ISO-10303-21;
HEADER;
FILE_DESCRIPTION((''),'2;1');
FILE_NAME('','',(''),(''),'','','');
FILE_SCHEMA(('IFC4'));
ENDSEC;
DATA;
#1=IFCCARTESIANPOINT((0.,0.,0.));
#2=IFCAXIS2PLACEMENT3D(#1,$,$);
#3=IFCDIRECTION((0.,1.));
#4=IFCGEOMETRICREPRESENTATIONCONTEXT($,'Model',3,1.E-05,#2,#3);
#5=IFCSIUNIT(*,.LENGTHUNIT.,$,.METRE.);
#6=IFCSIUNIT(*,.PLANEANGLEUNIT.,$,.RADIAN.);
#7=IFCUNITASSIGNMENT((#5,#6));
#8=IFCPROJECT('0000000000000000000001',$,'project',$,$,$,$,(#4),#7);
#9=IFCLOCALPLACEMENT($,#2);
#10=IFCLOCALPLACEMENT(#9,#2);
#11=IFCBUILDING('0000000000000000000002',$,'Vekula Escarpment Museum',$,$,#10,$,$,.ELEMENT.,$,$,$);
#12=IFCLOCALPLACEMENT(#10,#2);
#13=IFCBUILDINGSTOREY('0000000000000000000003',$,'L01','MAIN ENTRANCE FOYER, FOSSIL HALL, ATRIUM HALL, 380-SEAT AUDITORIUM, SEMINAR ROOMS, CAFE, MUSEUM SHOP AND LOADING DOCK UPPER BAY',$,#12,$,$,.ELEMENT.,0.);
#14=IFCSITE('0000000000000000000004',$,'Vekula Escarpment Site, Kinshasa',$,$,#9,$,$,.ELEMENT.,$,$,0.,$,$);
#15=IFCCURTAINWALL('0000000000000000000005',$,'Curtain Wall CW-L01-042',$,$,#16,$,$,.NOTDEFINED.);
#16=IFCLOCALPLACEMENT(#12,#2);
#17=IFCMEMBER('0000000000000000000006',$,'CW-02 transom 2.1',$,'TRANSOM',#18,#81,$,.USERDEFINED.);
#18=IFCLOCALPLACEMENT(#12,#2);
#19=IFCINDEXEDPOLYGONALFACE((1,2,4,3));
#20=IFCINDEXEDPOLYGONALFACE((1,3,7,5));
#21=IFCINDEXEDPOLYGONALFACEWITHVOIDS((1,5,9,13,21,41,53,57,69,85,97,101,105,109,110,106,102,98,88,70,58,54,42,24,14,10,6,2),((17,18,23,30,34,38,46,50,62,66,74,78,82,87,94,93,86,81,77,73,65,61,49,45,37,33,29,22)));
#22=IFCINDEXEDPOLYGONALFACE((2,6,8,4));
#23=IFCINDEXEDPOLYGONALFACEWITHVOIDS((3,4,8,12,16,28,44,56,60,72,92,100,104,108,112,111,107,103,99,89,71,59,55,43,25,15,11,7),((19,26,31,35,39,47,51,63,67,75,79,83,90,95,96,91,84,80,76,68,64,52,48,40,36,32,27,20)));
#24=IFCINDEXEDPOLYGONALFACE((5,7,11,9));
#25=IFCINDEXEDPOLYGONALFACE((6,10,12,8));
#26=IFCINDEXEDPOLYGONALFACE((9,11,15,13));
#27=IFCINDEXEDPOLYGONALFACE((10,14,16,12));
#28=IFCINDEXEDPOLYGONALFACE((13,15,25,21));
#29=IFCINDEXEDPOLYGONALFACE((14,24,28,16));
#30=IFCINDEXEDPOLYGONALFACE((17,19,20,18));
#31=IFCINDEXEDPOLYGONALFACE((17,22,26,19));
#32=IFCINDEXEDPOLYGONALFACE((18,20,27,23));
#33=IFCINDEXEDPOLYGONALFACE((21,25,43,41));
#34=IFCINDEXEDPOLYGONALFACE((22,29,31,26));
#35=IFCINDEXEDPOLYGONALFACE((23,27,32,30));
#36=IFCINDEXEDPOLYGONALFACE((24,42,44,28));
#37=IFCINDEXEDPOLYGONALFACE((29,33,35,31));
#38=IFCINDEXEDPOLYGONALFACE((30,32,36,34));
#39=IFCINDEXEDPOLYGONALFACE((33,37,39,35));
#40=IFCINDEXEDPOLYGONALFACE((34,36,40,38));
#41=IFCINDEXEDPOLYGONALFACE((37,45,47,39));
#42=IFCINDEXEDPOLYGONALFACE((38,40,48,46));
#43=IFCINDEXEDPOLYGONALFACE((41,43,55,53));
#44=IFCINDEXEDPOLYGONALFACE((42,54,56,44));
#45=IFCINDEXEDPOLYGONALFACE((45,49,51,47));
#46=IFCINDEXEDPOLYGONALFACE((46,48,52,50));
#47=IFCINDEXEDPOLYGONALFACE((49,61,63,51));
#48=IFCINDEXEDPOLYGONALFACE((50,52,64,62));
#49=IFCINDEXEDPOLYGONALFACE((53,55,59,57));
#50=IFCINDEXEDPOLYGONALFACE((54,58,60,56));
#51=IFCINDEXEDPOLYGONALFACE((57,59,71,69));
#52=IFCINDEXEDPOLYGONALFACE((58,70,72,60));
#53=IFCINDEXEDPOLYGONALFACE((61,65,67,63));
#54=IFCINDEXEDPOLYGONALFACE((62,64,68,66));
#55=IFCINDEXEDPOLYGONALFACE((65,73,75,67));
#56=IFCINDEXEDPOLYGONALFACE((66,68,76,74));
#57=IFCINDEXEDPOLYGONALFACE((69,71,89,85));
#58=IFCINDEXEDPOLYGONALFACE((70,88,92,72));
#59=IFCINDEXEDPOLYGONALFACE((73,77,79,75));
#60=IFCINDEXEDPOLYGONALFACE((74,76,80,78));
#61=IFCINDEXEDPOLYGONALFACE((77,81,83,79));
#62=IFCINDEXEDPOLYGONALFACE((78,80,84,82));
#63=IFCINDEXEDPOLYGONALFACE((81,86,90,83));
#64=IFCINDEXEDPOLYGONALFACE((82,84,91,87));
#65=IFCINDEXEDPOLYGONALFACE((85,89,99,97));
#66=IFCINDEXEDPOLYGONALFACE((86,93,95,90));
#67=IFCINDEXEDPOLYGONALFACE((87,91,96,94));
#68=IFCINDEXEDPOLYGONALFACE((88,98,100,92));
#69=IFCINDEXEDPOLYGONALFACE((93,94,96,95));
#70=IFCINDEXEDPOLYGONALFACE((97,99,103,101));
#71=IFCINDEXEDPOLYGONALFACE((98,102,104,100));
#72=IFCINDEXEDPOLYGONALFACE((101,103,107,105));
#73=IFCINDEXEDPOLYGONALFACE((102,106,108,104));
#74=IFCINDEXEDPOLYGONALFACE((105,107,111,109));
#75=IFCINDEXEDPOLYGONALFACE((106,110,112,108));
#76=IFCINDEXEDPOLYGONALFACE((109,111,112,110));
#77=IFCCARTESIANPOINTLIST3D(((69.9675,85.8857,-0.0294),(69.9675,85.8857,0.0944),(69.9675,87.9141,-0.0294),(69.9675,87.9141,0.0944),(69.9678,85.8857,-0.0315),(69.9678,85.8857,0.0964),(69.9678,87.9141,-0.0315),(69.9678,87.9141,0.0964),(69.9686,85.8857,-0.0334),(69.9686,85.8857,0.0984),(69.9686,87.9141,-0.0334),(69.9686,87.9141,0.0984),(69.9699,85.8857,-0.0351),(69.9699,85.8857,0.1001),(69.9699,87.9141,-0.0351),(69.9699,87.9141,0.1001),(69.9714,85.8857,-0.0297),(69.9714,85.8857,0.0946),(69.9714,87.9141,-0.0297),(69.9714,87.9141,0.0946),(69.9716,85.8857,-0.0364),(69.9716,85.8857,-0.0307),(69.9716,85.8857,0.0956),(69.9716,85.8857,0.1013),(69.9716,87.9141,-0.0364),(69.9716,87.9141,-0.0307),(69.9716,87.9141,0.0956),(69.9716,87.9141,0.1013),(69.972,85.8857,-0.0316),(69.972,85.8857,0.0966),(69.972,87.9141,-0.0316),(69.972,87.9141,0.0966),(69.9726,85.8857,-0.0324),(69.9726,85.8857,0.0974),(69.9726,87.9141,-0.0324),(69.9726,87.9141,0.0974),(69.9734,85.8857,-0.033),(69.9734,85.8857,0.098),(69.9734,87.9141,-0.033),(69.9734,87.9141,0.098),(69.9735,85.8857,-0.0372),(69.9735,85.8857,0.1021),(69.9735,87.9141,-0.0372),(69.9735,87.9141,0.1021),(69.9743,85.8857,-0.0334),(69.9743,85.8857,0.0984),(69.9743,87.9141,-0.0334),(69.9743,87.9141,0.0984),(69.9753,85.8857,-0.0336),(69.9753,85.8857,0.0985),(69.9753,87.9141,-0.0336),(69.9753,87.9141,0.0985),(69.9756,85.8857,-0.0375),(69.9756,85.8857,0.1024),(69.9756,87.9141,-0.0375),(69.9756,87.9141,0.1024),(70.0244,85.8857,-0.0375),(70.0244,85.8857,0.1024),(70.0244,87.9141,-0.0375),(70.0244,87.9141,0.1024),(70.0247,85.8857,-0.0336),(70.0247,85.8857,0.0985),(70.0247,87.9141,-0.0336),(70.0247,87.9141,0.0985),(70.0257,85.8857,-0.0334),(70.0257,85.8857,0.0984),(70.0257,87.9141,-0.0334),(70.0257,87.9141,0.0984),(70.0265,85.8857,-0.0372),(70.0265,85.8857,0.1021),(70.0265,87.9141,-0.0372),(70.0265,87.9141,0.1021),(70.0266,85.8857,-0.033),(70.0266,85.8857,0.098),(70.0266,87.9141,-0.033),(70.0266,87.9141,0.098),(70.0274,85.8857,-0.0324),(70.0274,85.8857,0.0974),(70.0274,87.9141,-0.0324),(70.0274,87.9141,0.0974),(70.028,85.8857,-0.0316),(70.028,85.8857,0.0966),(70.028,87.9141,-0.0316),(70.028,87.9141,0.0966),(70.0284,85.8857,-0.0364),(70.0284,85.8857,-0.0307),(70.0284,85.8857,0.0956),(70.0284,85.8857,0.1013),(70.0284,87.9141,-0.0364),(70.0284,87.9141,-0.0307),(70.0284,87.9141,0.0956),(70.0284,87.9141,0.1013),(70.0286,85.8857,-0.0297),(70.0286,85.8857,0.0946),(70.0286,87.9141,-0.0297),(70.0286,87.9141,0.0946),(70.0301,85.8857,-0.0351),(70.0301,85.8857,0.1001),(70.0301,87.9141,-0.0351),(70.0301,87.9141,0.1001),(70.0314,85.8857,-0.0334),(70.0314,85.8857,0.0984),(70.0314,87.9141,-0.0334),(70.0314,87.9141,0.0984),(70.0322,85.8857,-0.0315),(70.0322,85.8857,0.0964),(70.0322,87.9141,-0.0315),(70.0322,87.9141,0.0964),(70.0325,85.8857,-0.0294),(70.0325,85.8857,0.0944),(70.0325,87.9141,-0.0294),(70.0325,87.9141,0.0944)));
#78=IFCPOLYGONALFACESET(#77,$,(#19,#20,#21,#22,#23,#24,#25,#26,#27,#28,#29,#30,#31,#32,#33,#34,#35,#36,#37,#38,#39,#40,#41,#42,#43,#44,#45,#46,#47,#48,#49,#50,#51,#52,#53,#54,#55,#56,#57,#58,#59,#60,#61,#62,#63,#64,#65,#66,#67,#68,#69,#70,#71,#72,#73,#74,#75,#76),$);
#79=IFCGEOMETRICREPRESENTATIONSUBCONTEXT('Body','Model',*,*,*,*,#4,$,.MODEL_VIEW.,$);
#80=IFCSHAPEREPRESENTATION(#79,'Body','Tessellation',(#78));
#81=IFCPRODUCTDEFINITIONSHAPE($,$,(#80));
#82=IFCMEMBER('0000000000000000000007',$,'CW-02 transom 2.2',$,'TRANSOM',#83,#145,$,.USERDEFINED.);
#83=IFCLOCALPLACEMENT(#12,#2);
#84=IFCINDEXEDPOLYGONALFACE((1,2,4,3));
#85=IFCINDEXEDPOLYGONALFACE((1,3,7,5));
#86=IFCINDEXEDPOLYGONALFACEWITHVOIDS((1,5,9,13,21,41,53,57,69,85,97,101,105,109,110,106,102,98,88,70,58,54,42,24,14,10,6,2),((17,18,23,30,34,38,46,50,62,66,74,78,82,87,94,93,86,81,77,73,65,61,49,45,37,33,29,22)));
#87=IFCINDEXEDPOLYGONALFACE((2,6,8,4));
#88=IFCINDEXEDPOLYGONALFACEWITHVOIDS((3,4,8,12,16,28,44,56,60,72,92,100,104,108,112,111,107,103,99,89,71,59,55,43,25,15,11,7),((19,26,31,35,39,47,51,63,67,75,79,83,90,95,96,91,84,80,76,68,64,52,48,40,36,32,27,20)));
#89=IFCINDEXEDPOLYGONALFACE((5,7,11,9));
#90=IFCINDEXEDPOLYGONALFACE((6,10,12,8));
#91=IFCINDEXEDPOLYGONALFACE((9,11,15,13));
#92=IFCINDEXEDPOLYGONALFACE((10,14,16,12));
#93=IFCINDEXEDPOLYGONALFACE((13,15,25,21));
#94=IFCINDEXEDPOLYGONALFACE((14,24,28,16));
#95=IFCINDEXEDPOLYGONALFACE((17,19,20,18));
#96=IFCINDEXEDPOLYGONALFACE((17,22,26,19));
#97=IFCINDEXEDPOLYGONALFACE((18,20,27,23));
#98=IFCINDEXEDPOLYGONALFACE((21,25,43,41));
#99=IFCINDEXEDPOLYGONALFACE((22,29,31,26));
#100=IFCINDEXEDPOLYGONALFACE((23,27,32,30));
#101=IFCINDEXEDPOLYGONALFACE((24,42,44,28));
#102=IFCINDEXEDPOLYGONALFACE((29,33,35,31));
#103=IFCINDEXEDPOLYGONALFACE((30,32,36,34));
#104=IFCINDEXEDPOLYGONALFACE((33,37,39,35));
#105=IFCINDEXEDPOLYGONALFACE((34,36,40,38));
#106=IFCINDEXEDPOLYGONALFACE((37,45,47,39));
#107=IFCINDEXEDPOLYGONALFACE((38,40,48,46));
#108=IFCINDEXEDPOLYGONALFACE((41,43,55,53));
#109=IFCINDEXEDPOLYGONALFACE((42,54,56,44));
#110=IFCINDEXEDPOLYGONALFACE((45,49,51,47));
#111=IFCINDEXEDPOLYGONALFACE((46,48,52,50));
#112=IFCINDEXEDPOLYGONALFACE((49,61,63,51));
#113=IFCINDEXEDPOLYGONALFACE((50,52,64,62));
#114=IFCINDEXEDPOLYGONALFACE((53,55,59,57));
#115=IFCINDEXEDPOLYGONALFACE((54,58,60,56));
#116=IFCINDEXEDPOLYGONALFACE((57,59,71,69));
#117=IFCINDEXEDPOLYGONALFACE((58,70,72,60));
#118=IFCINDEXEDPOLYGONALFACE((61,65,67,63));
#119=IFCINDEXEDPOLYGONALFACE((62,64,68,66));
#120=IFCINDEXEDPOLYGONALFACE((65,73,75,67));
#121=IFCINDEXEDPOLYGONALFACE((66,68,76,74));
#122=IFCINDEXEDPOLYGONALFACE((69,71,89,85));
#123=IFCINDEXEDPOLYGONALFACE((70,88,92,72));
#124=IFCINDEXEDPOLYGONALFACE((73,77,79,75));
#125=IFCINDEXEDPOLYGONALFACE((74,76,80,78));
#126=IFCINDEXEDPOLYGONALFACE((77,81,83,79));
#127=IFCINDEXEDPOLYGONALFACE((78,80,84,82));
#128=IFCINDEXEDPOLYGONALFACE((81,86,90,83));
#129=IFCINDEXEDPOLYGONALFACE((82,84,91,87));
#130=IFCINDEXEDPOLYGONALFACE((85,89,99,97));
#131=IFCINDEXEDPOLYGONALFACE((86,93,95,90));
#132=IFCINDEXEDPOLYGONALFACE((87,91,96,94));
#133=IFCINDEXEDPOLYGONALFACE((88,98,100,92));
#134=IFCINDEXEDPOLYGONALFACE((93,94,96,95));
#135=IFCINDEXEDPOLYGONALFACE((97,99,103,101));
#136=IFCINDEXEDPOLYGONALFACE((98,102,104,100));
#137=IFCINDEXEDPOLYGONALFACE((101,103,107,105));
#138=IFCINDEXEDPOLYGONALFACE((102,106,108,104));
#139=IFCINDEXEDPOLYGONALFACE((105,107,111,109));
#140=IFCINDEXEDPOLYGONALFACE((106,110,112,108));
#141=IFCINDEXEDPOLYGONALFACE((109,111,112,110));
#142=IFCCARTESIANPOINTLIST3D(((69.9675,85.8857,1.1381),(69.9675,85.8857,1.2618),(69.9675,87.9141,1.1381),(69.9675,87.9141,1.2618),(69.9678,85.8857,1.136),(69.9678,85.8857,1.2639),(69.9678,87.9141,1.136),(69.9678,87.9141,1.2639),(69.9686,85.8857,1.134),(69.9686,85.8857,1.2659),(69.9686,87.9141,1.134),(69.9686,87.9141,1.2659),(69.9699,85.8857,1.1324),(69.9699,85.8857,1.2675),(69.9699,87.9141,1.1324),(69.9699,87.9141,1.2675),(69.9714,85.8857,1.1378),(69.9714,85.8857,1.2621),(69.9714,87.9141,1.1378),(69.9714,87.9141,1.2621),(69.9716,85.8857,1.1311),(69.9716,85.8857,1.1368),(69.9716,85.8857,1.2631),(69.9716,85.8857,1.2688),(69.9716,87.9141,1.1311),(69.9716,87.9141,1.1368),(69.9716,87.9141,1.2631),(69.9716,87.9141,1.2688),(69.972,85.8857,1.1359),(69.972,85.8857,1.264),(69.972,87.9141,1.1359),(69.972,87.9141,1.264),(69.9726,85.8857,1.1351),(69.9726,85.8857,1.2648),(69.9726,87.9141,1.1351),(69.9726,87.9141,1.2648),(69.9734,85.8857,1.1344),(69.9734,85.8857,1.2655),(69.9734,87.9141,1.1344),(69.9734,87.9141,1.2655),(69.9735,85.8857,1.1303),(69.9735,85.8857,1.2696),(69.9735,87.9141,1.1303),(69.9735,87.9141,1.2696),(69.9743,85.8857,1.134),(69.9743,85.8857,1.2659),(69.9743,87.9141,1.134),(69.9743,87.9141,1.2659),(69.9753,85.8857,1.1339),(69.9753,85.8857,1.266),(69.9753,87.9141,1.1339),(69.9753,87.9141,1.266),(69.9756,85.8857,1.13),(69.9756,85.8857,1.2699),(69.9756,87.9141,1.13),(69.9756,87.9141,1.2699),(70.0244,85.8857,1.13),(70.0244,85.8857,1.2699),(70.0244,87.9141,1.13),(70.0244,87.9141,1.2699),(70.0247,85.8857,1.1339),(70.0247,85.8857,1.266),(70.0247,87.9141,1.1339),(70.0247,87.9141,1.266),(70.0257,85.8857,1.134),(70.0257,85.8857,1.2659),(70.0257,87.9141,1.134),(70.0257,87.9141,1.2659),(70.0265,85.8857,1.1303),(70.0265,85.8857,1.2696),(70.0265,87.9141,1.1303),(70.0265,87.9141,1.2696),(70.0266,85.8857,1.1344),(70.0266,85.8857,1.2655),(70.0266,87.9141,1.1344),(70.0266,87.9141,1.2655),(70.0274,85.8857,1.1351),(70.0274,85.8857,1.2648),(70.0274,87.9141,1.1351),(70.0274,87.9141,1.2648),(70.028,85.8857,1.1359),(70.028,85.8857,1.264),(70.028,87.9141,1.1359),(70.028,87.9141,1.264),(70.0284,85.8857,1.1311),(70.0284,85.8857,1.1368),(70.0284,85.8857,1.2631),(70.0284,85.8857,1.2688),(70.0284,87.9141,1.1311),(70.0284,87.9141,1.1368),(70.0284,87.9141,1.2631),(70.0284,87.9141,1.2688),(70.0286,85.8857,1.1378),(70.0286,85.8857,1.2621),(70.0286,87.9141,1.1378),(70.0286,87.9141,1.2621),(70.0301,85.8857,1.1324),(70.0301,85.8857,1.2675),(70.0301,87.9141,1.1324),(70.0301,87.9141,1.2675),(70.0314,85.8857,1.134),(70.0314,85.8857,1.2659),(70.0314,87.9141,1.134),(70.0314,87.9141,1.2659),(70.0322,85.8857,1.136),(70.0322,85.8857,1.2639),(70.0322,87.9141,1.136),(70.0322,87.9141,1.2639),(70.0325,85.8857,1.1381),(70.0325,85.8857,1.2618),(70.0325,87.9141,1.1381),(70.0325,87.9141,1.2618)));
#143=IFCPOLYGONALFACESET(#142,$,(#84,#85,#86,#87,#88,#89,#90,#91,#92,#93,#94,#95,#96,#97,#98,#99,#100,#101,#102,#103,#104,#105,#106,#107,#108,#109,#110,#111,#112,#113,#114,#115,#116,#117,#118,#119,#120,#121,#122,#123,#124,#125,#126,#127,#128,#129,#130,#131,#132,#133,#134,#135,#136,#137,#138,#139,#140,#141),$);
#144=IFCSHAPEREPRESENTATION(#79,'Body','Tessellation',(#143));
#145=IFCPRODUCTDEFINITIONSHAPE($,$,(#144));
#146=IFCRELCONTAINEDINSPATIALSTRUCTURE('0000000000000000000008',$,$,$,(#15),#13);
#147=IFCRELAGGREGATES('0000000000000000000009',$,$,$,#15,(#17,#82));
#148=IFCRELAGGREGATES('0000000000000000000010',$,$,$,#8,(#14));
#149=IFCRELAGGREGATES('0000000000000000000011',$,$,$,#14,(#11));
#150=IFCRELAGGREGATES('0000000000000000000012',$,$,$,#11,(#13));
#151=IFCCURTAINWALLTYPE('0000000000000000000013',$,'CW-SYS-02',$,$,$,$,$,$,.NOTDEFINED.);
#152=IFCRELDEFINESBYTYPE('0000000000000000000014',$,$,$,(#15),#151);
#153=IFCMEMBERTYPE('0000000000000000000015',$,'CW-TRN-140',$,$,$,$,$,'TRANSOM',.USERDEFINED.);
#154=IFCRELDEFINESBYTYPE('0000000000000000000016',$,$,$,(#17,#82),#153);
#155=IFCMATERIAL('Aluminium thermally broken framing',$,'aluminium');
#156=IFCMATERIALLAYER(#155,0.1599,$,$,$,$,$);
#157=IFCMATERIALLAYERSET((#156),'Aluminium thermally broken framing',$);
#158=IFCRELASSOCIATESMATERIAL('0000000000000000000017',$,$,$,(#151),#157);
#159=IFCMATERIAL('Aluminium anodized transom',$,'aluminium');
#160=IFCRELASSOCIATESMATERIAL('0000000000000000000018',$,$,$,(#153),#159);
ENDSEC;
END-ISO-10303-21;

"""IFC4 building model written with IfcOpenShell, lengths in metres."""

from ifc_helpers import new_model, si_unit, direction, frame, origin, origin_2d, place, context, subcontext, project, spatial, hollow_rectangle, extrude, material, layer, layer_set, material_profile, profile_set, type_object, element, aggregate, save


model = new_model("IFC4")

# Units and contexts
model_context = context("Model", 3, precision=1e-05, world=origin(), true_north=direction((0.0, 1.0)))
body_context = subcontext(model_context, "Body", "Model", "MODEL_VIEW")
ifc_project = project(units=[si_unit("LENGTHUNIT", "METRE"), si_unit("PLANEANGLEUNIT", "RADIAN")], contexts=[model_context])

# Site, building, storey
site_placement = place(None, origin())
site = spatial("IfcSite", under=ifc_project, at=site_placement, Name="Vekula Escarpment Site, Kinshasa", CompositionType="ELEMENT", RefElevation=0.0)
building_placement = place(site_placement, origin())
building = spatial("IfcBuilding", under=site, at=building_placement, Name="Vekula Escarpment Museum", CompositionType="ELEMENT")
storey_placement = place(building_placement, origin())
storey = spatial("IfcBuildingStorey", under=building, at=storey_placement, Name="L01", Description="MAIN ENTRANCE FOYER, FOSSIL HALL, ATRIUM HALL, 380-SEAT AUDITORIUM, SEMINAR ROOMS, CAFE, MUSEUM SHOP AND LOADING DOCK UPPER BAY", CompositionType="ELEMENT", Elevation=0.0)

# Curtain wall, members
ifc_material_1 = material(Name="Aluminium thermally broken framing", Category="aluminium")
ifc_layer_1 = layer(ifc_material_1, 0.1599)
ifc_layer_set_1 = layer_set([ifc_layer_1], Name="Aluminium thermally broken framing")
curtain_wall_type = type_object("IfcCurtainWallType", Name="CW-SYS-02", PredefinedType="NOTDEFINED", material=ifc_layer_set_1)
curtain_wall_placement = place(storey_placement, origin())
curtain_wall = element("IfcCurtainWall", 1, at=curtain_wall_placement, inside=storey, type_object=curtain_wall_type, Name="Curtain Wall CW-L01-042", PredefinedType="NOTDEFINED")
ifc_material_2 = material(Name="Aluminium anodized transom", Category="aluminium")
ifc_material_profile_1 = material_profile(ifc_material_2, hollow_rectangle(XDim=0.0649, YDim=0.1399, WallThickness=0.0039, InnerFilletRadius=0.0039, OuterFilletRadius=0.0081, at=origin_2d()), Name="ALU 140x65x4")
ifc_profile_set_1 = profile_set([ifc_material_profile_1], Name="Aluminium anodized transom")
member_type_1 = type_object("IfcMemberType", Name="CW-TRN-140", ElementType="TRANSOM", PredefinedType="USERDEFINED", material=ifc_profile_set_1)
member_1_placement = place(storey_placement, frame((70.0, 87.9141, 0.0325), z_axis=(0.0, -1.0, 0.0), x_axis=(1.0, 0.0, 0.0)))
member_1 = element("IfcMember", 2, at=member_1_placement, type_object=member_type_1, Name="CW-02 transom 2.1", ObjectType="TRANSOM", PredefinedType="USERDEFINED", context=body_context, shape_type="SweptSolid", body=[
    extrude(hollow_rectangle(XDim=0.0649, YDim=0.1399, WallThickness=0.0039, InnerFilletRadius=0.0039, OuterFilletRadius=0.0081, at=origin_2d()), origin(), (0.0, 0.0, 1.0), 2.0283),
])
member_2_placement = place(storey_placement, frame((70.0, 87.9141, 1.2), z_axis=(0.0, -1.0, 0.0), x_axis=(1.0, 0.0, 0.0)))
member_2 = element("IfcMember", 3, at=member_2_placement, type_object=member_type_1, Name="CW-02 transom 2.2", ObjectType="TRANSOM", PredefinedType="USERDEFINED", context=body_context, shape_type="SweptSolid", body=[
    extrude(hollow_rectangle(XDim=0.0649, YDim=0.1399, WallThickness=0.0039, InnerFilletRadius=0.0039, OuterFilletRadius=0.0081, at=origin_2d()), origin(), (0.0, 0.0, 1.0), 2.0283),
])

aggregate(curtain_wall, [member_1, member_2])

save(model, "model.ifc")
